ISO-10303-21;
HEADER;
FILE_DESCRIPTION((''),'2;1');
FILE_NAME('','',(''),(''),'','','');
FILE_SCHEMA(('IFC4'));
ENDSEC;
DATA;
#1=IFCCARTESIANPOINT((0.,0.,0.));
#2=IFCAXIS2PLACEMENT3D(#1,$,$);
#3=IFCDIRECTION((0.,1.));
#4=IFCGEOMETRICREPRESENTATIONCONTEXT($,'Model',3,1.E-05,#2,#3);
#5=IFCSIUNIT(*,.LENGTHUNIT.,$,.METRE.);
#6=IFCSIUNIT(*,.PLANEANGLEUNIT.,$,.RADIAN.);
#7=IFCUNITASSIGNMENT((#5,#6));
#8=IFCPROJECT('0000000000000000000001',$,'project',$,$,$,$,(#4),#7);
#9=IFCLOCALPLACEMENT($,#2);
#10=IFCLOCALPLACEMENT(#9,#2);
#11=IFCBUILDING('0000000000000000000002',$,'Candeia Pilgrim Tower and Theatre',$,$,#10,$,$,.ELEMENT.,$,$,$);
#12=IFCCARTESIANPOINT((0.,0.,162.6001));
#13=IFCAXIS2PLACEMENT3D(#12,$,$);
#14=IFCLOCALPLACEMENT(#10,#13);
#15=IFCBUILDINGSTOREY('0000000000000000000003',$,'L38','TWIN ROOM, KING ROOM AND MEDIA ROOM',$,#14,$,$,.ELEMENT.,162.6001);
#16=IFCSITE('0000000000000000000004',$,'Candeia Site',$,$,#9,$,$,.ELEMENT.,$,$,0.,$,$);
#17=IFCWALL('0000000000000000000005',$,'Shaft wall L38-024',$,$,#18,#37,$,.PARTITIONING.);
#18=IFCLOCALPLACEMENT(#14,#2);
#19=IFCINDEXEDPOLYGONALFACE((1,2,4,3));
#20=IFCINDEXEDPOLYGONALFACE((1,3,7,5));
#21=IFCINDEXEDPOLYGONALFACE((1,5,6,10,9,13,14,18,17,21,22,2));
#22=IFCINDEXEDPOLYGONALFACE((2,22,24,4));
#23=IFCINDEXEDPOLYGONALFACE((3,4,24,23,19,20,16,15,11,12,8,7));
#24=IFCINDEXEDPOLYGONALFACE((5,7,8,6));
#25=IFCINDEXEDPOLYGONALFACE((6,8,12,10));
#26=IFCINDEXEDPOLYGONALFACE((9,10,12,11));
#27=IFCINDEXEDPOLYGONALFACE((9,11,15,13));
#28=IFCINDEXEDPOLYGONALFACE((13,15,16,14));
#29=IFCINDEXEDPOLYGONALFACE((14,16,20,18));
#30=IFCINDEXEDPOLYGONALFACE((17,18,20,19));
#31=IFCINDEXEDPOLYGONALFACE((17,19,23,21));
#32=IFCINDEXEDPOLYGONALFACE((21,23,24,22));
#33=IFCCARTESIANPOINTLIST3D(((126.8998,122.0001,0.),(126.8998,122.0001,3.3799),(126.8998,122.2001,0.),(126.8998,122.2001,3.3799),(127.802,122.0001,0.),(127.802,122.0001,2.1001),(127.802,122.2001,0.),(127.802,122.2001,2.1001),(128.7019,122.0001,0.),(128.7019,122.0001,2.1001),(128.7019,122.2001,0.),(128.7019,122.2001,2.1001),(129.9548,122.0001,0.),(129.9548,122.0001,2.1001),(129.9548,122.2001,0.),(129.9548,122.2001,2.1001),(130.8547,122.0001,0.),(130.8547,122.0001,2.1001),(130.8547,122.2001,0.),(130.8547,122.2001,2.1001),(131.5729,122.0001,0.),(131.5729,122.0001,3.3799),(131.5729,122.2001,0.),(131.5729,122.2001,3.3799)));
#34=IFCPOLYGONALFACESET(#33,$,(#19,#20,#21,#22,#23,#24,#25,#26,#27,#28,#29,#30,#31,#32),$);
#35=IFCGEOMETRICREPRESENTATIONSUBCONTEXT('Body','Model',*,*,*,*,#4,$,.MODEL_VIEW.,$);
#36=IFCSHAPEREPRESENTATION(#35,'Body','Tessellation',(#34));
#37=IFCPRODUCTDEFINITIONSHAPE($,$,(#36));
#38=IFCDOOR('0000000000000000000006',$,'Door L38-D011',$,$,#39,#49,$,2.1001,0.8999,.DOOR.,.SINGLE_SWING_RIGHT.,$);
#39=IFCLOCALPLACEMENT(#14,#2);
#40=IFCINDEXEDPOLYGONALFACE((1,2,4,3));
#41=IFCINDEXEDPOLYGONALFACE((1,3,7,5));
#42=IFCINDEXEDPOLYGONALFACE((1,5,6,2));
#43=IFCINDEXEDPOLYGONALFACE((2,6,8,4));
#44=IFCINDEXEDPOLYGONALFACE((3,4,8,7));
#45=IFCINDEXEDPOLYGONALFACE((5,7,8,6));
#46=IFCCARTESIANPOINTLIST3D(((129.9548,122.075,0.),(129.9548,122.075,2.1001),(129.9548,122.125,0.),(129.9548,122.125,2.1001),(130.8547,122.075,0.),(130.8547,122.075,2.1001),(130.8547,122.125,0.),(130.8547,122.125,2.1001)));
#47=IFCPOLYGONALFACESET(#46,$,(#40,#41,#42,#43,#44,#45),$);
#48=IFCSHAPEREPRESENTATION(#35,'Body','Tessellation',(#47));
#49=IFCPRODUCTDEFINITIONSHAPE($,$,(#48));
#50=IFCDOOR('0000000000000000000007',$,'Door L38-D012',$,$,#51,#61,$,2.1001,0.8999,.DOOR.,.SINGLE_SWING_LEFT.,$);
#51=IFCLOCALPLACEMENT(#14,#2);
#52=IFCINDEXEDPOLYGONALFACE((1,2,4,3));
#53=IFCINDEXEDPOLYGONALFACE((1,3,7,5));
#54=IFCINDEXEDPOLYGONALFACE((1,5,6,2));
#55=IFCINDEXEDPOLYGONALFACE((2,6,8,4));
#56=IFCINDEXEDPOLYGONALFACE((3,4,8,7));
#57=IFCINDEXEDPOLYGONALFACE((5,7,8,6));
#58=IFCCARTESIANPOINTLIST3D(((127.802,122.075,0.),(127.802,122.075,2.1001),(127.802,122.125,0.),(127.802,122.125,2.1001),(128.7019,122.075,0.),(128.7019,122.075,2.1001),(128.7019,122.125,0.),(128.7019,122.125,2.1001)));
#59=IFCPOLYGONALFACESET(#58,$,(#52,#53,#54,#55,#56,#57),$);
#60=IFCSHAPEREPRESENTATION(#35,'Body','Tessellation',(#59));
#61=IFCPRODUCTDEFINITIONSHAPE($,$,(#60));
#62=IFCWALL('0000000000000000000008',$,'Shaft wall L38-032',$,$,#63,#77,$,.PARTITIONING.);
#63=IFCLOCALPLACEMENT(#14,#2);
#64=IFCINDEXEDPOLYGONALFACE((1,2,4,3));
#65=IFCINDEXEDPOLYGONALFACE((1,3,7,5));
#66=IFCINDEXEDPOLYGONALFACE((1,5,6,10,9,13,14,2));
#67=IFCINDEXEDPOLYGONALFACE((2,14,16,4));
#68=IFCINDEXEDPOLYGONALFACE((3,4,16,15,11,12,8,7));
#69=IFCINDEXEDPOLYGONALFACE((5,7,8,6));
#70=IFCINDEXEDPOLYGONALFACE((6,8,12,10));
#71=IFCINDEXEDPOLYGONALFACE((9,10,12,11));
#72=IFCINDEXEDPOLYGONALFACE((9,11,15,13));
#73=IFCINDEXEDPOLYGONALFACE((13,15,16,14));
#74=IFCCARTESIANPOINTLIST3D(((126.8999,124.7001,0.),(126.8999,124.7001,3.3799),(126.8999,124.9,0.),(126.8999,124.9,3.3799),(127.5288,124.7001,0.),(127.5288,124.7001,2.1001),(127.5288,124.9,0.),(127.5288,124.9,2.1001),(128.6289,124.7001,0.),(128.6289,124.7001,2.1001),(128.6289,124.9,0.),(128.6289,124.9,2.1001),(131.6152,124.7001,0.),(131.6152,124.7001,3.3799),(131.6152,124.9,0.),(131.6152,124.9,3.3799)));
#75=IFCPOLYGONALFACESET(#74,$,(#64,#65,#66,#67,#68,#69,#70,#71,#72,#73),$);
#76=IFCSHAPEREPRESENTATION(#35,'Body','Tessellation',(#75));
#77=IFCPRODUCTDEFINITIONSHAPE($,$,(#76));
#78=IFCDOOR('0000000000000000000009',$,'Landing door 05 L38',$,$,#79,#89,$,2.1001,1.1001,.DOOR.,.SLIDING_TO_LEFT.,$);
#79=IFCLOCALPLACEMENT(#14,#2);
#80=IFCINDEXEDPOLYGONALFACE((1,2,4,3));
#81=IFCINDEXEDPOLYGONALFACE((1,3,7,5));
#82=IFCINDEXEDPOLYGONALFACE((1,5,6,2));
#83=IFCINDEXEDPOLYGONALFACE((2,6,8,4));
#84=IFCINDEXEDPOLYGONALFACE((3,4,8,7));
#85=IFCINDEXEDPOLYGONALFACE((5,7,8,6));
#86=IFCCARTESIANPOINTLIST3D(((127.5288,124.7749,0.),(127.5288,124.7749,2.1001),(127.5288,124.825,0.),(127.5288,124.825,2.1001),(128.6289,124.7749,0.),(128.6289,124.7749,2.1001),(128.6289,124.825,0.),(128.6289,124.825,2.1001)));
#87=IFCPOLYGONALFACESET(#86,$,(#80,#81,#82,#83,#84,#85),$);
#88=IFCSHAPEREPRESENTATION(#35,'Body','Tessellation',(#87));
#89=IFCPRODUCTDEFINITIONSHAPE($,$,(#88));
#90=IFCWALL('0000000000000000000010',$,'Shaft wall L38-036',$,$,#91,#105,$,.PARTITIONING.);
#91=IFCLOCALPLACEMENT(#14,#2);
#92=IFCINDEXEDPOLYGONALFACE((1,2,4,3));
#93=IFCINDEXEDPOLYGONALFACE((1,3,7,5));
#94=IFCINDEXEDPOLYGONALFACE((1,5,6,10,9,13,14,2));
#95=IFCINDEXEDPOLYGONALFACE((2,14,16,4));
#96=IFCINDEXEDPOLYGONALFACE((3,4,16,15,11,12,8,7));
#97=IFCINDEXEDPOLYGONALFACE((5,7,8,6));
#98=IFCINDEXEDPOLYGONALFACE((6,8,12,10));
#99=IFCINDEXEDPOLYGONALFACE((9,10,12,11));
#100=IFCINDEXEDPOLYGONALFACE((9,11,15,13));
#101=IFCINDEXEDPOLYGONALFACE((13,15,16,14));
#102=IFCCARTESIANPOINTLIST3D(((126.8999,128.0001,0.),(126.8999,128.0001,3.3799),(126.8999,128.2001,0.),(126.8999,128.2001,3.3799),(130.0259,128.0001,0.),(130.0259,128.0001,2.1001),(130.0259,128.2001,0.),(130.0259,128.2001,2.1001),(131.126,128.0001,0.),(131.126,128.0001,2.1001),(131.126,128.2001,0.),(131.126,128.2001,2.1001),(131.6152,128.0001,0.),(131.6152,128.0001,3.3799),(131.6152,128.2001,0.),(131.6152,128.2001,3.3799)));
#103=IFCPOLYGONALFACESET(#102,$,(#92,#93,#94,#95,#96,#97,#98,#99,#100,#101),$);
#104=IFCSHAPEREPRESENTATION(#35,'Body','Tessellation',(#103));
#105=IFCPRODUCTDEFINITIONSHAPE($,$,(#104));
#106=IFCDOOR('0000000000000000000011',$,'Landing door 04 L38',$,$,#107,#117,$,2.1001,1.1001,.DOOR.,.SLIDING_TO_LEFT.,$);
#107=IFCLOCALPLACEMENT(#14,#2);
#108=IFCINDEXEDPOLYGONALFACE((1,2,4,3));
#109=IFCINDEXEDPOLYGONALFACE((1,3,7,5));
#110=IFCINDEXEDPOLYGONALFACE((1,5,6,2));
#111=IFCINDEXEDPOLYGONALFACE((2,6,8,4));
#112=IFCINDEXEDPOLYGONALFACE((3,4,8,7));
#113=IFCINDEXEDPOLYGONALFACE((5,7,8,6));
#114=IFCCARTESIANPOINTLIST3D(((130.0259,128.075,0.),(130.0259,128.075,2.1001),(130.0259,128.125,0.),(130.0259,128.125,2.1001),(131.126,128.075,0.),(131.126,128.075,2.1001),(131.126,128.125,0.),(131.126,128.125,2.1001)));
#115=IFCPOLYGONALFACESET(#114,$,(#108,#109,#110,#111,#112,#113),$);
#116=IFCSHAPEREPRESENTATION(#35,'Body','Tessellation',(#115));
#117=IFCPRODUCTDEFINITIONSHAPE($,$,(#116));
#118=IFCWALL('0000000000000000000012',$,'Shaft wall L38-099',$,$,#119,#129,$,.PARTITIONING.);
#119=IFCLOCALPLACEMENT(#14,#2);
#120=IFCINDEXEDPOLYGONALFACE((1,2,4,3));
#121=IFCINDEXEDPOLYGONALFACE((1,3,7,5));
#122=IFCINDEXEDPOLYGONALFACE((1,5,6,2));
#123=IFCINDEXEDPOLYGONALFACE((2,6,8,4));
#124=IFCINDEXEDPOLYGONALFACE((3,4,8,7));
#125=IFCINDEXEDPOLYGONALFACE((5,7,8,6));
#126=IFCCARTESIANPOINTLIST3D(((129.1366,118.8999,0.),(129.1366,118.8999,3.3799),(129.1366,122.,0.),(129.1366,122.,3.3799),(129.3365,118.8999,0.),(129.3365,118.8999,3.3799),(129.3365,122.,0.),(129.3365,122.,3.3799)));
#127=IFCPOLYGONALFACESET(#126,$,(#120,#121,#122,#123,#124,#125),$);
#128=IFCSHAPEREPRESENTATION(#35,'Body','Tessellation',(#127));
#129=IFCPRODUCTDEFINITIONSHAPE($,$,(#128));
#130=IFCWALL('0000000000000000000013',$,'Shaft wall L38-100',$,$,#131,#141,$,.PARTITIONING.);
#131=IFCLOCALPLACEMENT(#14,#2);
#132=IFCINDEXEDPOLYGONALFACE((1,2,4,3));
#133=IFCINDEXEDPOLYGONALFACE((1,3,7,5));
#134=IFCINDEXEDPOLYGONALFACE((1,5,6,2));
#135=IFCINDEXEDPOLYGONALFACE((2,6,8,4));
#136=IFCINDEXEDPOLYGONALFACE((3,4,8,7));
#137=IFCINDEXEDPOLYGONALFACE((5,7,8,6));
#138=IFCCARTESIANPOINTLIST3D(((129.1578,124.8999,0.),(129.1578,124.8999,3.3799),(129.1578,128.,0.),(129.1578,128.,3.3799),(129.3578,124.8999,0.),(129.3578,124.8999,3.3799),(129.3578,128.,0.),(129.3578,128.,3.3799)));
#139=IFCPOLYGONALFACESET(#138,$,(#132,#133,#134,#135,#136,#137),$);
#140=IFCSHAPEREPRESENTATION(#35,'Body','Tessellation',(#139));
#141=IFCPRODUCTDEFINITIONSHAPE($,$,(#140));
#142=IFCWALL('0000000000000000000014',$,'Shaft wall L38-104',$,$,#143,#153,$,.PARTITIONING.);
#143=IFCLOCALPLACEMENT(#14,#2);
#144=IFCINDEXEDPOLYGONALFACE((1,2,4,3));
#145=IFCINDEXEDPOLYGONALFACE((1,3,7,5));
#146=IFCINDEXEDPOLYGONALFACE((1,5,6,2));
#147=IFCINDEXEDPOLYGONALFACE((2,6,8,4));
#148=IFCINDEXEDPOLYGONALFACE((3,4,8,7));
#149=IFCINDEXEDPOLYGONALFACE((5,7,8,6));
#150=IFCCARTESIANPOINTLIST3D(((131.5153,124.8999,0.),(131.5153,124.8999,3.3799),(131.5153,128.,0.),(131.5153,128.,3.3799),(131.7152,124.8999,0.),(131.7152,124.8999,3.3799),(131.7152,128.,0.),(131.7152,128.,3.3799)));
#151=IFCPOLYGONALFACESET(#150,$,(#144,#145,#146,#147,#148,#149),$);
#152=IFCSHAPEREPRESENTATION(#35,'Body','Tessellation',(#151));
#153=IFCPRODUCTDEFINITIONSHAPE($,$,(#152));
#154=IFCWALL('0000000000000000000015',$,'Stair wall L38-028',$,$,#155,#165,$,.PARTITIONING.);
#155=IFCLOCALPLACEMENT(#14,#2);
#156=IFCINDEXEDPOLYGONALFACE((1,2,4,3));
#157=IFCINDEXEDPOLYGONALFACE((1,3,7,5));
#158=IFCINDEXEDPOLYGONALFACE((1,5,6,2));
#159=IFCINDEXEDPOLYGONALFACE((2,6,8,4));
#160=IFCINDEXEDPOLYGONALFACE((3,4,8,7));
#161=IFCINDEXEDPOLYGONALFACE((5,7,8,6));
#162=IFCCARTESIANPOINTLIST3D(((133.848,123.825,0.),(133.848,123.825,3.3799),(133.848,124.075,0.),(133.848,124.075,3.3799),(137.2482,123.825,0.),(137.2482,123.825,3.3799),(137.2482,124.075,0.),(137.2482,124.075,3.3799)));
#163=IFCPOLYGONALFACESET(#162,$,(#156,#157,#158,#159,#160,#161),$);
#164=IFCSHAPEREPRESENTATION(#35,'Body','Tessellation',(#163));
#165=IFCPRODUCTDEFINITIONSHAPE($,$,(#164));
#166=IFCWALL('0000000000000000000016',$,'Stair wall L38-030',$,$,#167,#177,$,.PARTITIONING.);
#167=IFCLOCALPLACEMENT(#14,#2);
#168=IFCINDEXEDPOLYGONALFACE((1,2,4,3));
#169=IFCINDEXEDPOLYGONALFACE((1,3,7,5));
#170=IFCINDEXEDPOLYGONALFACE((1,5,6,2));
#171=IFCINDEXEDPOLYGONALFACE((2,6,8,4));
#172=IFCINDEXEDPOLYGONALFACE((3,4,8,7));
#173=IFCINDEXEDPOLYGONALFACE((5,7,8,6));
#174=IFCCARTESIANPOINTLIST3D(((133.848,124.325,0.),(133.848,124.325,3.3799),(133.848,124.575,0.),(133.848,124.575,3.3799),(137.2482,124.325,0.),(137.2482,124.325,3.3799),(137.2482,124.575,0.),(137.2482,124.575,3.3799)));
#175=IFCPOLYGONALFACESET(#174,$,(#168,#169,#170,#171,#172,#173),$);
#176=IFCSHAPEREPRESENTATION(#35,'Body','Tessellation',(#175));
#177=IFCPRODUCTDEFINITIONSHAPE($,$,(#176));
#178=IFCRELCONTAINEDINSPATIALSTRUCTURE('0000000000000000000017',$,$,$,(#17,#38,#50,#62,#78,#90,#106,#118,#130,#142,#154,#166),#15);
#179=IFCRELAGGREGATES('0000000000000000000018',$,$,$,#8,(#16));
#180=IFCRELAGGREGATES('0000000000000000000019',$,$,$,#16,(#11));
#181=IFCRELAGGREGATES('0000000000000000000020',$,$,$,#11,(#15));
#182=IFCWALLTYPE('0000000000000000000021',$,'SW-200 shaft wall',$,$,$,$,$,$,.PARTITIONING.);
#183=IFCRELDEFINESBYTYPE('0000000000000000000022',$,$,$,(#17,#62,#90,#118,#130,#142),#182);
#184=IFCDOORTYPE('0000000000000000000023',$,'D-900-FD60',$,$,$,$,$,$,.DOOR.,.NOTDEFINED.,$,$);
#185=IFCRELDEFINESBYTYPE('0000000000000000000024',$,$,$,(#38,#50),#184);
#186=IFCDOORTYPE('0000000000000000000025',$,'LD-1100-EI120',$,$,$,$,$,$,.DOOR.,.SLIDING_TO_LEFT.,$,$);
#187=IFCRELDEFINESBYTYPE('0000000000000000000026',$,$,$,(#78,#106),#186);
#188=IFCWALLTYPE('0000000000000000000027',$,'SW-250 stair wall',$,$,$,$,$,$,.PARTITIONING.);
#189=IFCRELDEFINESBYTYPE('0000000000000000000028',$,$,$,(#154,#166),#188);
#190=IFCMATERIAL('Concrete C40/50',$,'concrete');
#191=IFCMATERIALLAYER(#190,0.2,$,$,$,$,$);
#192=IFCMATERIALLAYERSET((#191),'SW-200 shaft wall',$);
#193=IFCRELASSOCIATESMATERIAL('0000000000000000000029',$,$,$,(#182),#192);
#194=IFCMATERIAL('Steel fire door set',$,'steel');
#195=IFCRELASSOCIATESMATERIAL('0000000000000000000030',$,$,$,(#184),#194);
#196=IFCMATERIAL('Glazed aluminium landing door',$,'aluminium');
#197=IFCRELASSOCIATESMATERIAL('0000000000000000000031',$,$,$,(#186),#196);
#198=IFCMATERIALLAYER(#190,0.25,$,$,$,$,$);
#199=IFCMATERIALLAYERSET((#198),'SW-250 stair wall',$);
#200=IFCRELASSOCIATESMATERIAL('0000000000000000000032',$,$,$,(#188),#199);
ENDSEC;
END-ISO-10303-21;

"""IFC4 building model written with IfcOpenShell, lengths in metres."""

from ifc_helpers import new_model, si_unit, direction, frame, frame_2d, origin, place, context, subcontext, project, spatial, rectangle, extrude, material, layer, layer_set, type_object, element, fill, save


model = new_model("IFC4")

# Units and contexts
model_context = context("Model", 3, precision=1e-05, world=origin(), true_north=direction((0.0, 1.0)))
body_context = subcontext(model_context, "Body", "Model", "MODEL_VIEW")
ifc_project = project(units=[si_unit("LENGTHUNIT", "METRE"), si_unit("PLANEANGLEUNIT", "RADIAN")], contexts=[model_context])

# Site, building, storey
site_placement = place(None, origin())
site = spatial("IfcSite", under=ifc_project, at=site_placement, Name="Candeia Site", CompositionType="ELEMENT", RefElevation=0.0)
building_placement = place(site_placement, origin())
building = spatial("IfcBuilding", under=site, at=building_placement, Name="Candeia Pilgrim Tower and Theatre", CompositionType="ELEMENT")
storey_placement = place(building_placement, frame((0.0, 0.0, 162.6001)))
storey = spatial("IfcBuildingStorey", under=building, at=storey_placement, Name="L38", Description="TWIN ROOM, KING ROOM AND MEDIA ROOM", CompositionType="ELEMENT", Elevation=162.6001)

# Shared definitions
ifc_material_1 = material(Name="Steel fire door set", Category="steel")

# Shared definitions
ifc_material_2 = material(Name="Concrete C40/50", Category="concrete")
ifc_layer_1 = layer(ifc_material_2, 0.2)
ifc_layer_set_1 = layer_set([ifc_layer_1], Name="SW-200 shaft wall")
wall_type_1 = type_object("IfcWallType", Name="SW-200 shaft wall", PredefinedType="PARTITIONING", material=ifc_layer_set_1)

# Wall, openings, doors
wall_1_placement = place(storey_placement, frame((126.8999, 122.1001, 0.0), z_axis=(0.0, 0.0, 1.0), x_axis=(1.0, 0.0, 0.0)))
wall_1 = element("IfcWall", 1, at=wall_1_placement, inside=storey, type_object=wall_type_1, Name="Shaft wall L38-024", PredefinedType="PARTITIONING", context=body_context, shape_type="SweptSolid", body=[
    extrude(rectangle(XDim=4.6731, YDim=0.2, at=frame_2d((2.3364, 0.0))), origin(), (0.0, 0.0, 1.0), 3.3799),
])
opening_1_placement = place(wall_1_placement, frame((3.0549, 0.0, 0.0)))
opening_1 = element("IfcOpeningElement", 2, at=opening_1_placement, cuts=wall_1, PredefinedType="OPENING", context=body_context, shape_type="SweptSolid", body=[
    extrude(rectangle(XDim=0.8999, YDim=2.1001, at=frame_2d((0.45, 1.05))), frame((0.0, 0.1099, 0.0), z_axis=(0.0, -1.0, 0.0), x_axis=(1.0, 0.0, 0.0)), (0.0, 0.0, 1.0), 0.22),
])
opening_2_placement = place(wall_1_placement, frame((0.9021, 0.0, 0.0)))
opening_2 = element("IfcOpeningElement", 3, at=opening_2_placement, cuts=wall_1, PredefinedType="OPENING", context=body_context, shape_type="SweptSolid", body=[
    extrude(rectangle(XDim=0.8999, YDim=2.1001, at=frame_2d((0.45, 1.05))), frame((0.0, 0.1099, 0.0), z_axis=(0.0, -1.0, 0.0), x_axis=(1.0, 0.0, 0.0)), (0.0, 0.0, 1.0), 0.22),
])
door_type_1 = type_object("IfcDoorType", Name="D-900-FD60", OperationType="NOTDEFINED", PredefinedType="DOOR", material=ifc_material_1)
door_1_placement = place(opening_1_placement, origin())
door_1 = element("IfcDoor", 4, at=door_1_placement, inside=storey, type_object=door_type_1, Name="Door L38-D011", OperationType="SINGLE_SWING_RIGHT", OverallHeight=2.1001, OverallWidth=0.8999, PredefinedType="DOOR", context=body_context, shape_type="SweptSolid", body=[
    extrude(rectangle(XDim=0.8999, YDim=2.1001, at=frame_2d((0.45, 1.05))), frame((0.0, 0.0249, 0.0), z_axis=(0.0, -1.0, 0.0), x_axis=(1.0, 0.0, 0.0)), (0.0, 0.0, 1.0), 0.05),
])
fill(opening_1, door_1)
door_2_placement = place(opening_2_placement, origin())
door_2 = element("IfcDoor", 5, at=door_2_placement, inside=storey, type_object=door_type_1, Name="Door L38-D012", OperationType="SINGLE_SWING_LEFT", OverallHeight=2.1001, OverallWidth=0.8999, PredefinedType="DOOR", context=body_context, shape_type="SweptSolid", body=[
    extrude(rectangle(XDim=0.8999, YDim=2.1001, at=frame_2d((0.45, 1.05))), frame((0.0, 0.0249, 0.0), z_axis=(0.0, -1.0, 0.0), x_axis=(1.0, 0.0, 0.0)), (0.0, 0.0, 1.0), 0.05),
])
fill(opening_2, door_2)

# Walls, openings, doors
wall_2_placement = place(storey_placement, frame((126.8999, 124.8, 0.0), z_axis=(0.0, 0.0, 1.0), x_axis=(1.0, 0.0, 0.0)))
wall_2 = element("IfcWall", 6, at=wall_2_placement, inside=storey, type_object=wall_type_1, Name="Shaft wall L38-032", PredefinedType="PARTITIONING", context=body_context, shape_type="SweptSolid", body=[
    extrude(rectangle(XDim=4.7153, YDim=0.2, at=frame_2d((2.3577, 0.0))), origin(), (0.0, 0.0, 1.0), 3.3799),
])
opening_3_placement = place(wall_2_placement, frame((0.6289, 0.0, 0.0)))
opening_3 = element("IfcOpeningElement", 7, at=opening_3_placement, cuts=wall_2, PredefinedType="OPENING", context=body_context, shape_type="SweptSolid", body=[
    extrude(rectangle(XDim=1.1001, YDim=2.1001, at=frame_2d((0.55, 1.05))), frame((0.0, 0.1099, 0.0), z_axis=(0.0, -1.0, 0.0), x_axis=(1.0, 0.0, 0.0)), (0.0, 0.0, 1.0), 0.22),
])
ifc_material_3 = material(Name="Glazed aluminium landing door", Category="aluminium")
door_type_2 = type_object("IfcDoorType", Name="LD-1100-EI120", OperationType="SLIDING_TO_LEFT", PredefinedType="DOOR", material=ifc_material_3)
door_3_placement = place(opening_3_placement, origin())
door_3 = element("IfcDoor", 8, at=door_3_placement, inside=storey, type_object=door_type_2, Name="Landing door 05 L38", OperationType="SLIDING_TO_LEFT", OverallHeight=2.1001, OverallWidth=1.1001, PredefinedType="DOOR", context=body_context, shape_type="SweptSolid", body=[
    extrude(rectangle(XDim=1.1001, YDim=2.1001, at=frame_2d((0.55, 1.05))), frame((0.0, 0.0249, 0.0), z_axis=(0.0, -1.0, 0.0), x_axis=(1.0, 0.0, 0.0)), (0.0, 0.0, 1.0), 0.05),
])
fill(opening_3, door_3)
wall_3_placement = place(storey_placement, frame((126.8999, 128.1001, 0.0), z_axis=(0.0, 0.0, 1.0), x_axis=(1.0, 0.0, 0.0)))
wall_3 = element("IfcWall", 9, at=wall_3_placement, inside=storey, type_object=wall_type_1, Name="Shaft wall L38-036", PredefinedType="PARTITIONING", context=body_context, shape_type="SweptSolid", body=[
    extrude(rectangle(XDim=4.7153, YDim=0.2, at=frame_2d((2.3577, 0.0))), origin(), (0.0, 0.0, 1.0), 3.3799),
])
opening_4_placement = place(wall_3_placement, frame((3.126, 0.0, 0.0)))
opening_4 = element("IfcOpeningElement", 10, at=opening_4_placement, cuts=wall_3, PredefinedType="OPENING", context=body_context, shape_type="SweptSolid", body=[
    extrude(rectangle(XDim=1.1001, YDim=2.1001, at=frame_2d((0.55, 1.05))), frame((0.0, 0.1099, 0.0), z_axis=(0.0, -1.0, 0.0), x_axis=(1.0, 0.0, 0.0)), (0.0, 0.0, 1.0), 0.22),
])
door_4_placement = place(opening_4_placement, origin())
door_4 = element("IfcDoor", 11, at=door_4_placement, inside=storey, type_object=door_type_2, Name="Landing door 04 L38", OperationType="SLIDING_TO_LEFT", OverallHeight=2.1001, OverallWidth=1.1001, PredefinedType="DOOR", context=body_context, shape_type="SweptSolid", body=[
    extrude(rectangle(XDim=1.1001, YDim=2.1001, at=frame_2d((0.55, 1.05))), frame((0.0, 0.0249, 0.0), z_axis=(0.0, -1.0, 0.0), x_axis=(1.0, 0.0, 0.0)), (0.0, 0.0, 1.0), 0.05),
])
fill(opening_4, door_4)

# Walls
for number, where, z_axis, x_axis, name in (
    (12, (129.2366, 118.8999, 0.0), (0.0, 0.0, 1.0), (0.0, 1.0, 0.0), "Shaft wall L38-099"),
    (13, (129.2578, 124.8999, 0.0), (0.0, 0.0, 1.0), (0.0, 1.0, 0.0), "Shaft wall L38-100"),
    (14, (131.6152, 124.8999, 0.0), (0.0, 0.0, 1.0), (0.0, 1.0, 0.0), "Shaft wall L38-104"),
):
    element("IfcWall", number, at=place(storey_placement, frame(where, z_axis=z_axis, x_axis=x_axis)), inside=storey, type_object=wall_type_1, Name=name, PredefinedType="PARTITIONING", context=body_context, shape_type="SweptSolid", body=[
        extrude(rectangle(XDim=3.1001, YDim=0.2, at=frame_2d((1.55, 0.0))), origin(), (0.0, 0.0, 1.0), 3.3799),
    ])
ifc_layer_2 = layer(ifc_material_2, 0.25)
ifc_layer_set_2 = layer_set([ifc_layer_2], Name="SW-250 stair wall")
wall_type_2 = type_object("IfcWallType", Name="SW-250 stair wall", PredefinedType="PARTITIONING", material=ifc_layer_set_2)
for number, where, z_axis, x_axis, name in (
    (15, (133.8479, 123.95, 0.0), (0.0, 0.0, 1.0), (1.0, 0.0, 0.0), "Stair wall L38-028"),
    (16, (133.8479, 124.45, 0.0), (0.0, 0.0, 1.0), (1.0, 0.0, 0.0), "Stair wall L38-030"),
):
    element("IfcWall", number, at=place(storey_placement, frame(where, z_axis=z_axis, x_axis=x_axis)), inside=storey, type_object=wall_type_2, Name=name, PredefinedType="PARTITIONING", context=body_context, shape_type="SweptSolid", body=[
        extrude(rectangle(XDim=3.4001, YDim=0.25, at=frame_2d((1.7002, 0.0))), origin(), (0.0, 0.0, 1.0), 3.3799),
    ])

save(model, "model.ifc")
